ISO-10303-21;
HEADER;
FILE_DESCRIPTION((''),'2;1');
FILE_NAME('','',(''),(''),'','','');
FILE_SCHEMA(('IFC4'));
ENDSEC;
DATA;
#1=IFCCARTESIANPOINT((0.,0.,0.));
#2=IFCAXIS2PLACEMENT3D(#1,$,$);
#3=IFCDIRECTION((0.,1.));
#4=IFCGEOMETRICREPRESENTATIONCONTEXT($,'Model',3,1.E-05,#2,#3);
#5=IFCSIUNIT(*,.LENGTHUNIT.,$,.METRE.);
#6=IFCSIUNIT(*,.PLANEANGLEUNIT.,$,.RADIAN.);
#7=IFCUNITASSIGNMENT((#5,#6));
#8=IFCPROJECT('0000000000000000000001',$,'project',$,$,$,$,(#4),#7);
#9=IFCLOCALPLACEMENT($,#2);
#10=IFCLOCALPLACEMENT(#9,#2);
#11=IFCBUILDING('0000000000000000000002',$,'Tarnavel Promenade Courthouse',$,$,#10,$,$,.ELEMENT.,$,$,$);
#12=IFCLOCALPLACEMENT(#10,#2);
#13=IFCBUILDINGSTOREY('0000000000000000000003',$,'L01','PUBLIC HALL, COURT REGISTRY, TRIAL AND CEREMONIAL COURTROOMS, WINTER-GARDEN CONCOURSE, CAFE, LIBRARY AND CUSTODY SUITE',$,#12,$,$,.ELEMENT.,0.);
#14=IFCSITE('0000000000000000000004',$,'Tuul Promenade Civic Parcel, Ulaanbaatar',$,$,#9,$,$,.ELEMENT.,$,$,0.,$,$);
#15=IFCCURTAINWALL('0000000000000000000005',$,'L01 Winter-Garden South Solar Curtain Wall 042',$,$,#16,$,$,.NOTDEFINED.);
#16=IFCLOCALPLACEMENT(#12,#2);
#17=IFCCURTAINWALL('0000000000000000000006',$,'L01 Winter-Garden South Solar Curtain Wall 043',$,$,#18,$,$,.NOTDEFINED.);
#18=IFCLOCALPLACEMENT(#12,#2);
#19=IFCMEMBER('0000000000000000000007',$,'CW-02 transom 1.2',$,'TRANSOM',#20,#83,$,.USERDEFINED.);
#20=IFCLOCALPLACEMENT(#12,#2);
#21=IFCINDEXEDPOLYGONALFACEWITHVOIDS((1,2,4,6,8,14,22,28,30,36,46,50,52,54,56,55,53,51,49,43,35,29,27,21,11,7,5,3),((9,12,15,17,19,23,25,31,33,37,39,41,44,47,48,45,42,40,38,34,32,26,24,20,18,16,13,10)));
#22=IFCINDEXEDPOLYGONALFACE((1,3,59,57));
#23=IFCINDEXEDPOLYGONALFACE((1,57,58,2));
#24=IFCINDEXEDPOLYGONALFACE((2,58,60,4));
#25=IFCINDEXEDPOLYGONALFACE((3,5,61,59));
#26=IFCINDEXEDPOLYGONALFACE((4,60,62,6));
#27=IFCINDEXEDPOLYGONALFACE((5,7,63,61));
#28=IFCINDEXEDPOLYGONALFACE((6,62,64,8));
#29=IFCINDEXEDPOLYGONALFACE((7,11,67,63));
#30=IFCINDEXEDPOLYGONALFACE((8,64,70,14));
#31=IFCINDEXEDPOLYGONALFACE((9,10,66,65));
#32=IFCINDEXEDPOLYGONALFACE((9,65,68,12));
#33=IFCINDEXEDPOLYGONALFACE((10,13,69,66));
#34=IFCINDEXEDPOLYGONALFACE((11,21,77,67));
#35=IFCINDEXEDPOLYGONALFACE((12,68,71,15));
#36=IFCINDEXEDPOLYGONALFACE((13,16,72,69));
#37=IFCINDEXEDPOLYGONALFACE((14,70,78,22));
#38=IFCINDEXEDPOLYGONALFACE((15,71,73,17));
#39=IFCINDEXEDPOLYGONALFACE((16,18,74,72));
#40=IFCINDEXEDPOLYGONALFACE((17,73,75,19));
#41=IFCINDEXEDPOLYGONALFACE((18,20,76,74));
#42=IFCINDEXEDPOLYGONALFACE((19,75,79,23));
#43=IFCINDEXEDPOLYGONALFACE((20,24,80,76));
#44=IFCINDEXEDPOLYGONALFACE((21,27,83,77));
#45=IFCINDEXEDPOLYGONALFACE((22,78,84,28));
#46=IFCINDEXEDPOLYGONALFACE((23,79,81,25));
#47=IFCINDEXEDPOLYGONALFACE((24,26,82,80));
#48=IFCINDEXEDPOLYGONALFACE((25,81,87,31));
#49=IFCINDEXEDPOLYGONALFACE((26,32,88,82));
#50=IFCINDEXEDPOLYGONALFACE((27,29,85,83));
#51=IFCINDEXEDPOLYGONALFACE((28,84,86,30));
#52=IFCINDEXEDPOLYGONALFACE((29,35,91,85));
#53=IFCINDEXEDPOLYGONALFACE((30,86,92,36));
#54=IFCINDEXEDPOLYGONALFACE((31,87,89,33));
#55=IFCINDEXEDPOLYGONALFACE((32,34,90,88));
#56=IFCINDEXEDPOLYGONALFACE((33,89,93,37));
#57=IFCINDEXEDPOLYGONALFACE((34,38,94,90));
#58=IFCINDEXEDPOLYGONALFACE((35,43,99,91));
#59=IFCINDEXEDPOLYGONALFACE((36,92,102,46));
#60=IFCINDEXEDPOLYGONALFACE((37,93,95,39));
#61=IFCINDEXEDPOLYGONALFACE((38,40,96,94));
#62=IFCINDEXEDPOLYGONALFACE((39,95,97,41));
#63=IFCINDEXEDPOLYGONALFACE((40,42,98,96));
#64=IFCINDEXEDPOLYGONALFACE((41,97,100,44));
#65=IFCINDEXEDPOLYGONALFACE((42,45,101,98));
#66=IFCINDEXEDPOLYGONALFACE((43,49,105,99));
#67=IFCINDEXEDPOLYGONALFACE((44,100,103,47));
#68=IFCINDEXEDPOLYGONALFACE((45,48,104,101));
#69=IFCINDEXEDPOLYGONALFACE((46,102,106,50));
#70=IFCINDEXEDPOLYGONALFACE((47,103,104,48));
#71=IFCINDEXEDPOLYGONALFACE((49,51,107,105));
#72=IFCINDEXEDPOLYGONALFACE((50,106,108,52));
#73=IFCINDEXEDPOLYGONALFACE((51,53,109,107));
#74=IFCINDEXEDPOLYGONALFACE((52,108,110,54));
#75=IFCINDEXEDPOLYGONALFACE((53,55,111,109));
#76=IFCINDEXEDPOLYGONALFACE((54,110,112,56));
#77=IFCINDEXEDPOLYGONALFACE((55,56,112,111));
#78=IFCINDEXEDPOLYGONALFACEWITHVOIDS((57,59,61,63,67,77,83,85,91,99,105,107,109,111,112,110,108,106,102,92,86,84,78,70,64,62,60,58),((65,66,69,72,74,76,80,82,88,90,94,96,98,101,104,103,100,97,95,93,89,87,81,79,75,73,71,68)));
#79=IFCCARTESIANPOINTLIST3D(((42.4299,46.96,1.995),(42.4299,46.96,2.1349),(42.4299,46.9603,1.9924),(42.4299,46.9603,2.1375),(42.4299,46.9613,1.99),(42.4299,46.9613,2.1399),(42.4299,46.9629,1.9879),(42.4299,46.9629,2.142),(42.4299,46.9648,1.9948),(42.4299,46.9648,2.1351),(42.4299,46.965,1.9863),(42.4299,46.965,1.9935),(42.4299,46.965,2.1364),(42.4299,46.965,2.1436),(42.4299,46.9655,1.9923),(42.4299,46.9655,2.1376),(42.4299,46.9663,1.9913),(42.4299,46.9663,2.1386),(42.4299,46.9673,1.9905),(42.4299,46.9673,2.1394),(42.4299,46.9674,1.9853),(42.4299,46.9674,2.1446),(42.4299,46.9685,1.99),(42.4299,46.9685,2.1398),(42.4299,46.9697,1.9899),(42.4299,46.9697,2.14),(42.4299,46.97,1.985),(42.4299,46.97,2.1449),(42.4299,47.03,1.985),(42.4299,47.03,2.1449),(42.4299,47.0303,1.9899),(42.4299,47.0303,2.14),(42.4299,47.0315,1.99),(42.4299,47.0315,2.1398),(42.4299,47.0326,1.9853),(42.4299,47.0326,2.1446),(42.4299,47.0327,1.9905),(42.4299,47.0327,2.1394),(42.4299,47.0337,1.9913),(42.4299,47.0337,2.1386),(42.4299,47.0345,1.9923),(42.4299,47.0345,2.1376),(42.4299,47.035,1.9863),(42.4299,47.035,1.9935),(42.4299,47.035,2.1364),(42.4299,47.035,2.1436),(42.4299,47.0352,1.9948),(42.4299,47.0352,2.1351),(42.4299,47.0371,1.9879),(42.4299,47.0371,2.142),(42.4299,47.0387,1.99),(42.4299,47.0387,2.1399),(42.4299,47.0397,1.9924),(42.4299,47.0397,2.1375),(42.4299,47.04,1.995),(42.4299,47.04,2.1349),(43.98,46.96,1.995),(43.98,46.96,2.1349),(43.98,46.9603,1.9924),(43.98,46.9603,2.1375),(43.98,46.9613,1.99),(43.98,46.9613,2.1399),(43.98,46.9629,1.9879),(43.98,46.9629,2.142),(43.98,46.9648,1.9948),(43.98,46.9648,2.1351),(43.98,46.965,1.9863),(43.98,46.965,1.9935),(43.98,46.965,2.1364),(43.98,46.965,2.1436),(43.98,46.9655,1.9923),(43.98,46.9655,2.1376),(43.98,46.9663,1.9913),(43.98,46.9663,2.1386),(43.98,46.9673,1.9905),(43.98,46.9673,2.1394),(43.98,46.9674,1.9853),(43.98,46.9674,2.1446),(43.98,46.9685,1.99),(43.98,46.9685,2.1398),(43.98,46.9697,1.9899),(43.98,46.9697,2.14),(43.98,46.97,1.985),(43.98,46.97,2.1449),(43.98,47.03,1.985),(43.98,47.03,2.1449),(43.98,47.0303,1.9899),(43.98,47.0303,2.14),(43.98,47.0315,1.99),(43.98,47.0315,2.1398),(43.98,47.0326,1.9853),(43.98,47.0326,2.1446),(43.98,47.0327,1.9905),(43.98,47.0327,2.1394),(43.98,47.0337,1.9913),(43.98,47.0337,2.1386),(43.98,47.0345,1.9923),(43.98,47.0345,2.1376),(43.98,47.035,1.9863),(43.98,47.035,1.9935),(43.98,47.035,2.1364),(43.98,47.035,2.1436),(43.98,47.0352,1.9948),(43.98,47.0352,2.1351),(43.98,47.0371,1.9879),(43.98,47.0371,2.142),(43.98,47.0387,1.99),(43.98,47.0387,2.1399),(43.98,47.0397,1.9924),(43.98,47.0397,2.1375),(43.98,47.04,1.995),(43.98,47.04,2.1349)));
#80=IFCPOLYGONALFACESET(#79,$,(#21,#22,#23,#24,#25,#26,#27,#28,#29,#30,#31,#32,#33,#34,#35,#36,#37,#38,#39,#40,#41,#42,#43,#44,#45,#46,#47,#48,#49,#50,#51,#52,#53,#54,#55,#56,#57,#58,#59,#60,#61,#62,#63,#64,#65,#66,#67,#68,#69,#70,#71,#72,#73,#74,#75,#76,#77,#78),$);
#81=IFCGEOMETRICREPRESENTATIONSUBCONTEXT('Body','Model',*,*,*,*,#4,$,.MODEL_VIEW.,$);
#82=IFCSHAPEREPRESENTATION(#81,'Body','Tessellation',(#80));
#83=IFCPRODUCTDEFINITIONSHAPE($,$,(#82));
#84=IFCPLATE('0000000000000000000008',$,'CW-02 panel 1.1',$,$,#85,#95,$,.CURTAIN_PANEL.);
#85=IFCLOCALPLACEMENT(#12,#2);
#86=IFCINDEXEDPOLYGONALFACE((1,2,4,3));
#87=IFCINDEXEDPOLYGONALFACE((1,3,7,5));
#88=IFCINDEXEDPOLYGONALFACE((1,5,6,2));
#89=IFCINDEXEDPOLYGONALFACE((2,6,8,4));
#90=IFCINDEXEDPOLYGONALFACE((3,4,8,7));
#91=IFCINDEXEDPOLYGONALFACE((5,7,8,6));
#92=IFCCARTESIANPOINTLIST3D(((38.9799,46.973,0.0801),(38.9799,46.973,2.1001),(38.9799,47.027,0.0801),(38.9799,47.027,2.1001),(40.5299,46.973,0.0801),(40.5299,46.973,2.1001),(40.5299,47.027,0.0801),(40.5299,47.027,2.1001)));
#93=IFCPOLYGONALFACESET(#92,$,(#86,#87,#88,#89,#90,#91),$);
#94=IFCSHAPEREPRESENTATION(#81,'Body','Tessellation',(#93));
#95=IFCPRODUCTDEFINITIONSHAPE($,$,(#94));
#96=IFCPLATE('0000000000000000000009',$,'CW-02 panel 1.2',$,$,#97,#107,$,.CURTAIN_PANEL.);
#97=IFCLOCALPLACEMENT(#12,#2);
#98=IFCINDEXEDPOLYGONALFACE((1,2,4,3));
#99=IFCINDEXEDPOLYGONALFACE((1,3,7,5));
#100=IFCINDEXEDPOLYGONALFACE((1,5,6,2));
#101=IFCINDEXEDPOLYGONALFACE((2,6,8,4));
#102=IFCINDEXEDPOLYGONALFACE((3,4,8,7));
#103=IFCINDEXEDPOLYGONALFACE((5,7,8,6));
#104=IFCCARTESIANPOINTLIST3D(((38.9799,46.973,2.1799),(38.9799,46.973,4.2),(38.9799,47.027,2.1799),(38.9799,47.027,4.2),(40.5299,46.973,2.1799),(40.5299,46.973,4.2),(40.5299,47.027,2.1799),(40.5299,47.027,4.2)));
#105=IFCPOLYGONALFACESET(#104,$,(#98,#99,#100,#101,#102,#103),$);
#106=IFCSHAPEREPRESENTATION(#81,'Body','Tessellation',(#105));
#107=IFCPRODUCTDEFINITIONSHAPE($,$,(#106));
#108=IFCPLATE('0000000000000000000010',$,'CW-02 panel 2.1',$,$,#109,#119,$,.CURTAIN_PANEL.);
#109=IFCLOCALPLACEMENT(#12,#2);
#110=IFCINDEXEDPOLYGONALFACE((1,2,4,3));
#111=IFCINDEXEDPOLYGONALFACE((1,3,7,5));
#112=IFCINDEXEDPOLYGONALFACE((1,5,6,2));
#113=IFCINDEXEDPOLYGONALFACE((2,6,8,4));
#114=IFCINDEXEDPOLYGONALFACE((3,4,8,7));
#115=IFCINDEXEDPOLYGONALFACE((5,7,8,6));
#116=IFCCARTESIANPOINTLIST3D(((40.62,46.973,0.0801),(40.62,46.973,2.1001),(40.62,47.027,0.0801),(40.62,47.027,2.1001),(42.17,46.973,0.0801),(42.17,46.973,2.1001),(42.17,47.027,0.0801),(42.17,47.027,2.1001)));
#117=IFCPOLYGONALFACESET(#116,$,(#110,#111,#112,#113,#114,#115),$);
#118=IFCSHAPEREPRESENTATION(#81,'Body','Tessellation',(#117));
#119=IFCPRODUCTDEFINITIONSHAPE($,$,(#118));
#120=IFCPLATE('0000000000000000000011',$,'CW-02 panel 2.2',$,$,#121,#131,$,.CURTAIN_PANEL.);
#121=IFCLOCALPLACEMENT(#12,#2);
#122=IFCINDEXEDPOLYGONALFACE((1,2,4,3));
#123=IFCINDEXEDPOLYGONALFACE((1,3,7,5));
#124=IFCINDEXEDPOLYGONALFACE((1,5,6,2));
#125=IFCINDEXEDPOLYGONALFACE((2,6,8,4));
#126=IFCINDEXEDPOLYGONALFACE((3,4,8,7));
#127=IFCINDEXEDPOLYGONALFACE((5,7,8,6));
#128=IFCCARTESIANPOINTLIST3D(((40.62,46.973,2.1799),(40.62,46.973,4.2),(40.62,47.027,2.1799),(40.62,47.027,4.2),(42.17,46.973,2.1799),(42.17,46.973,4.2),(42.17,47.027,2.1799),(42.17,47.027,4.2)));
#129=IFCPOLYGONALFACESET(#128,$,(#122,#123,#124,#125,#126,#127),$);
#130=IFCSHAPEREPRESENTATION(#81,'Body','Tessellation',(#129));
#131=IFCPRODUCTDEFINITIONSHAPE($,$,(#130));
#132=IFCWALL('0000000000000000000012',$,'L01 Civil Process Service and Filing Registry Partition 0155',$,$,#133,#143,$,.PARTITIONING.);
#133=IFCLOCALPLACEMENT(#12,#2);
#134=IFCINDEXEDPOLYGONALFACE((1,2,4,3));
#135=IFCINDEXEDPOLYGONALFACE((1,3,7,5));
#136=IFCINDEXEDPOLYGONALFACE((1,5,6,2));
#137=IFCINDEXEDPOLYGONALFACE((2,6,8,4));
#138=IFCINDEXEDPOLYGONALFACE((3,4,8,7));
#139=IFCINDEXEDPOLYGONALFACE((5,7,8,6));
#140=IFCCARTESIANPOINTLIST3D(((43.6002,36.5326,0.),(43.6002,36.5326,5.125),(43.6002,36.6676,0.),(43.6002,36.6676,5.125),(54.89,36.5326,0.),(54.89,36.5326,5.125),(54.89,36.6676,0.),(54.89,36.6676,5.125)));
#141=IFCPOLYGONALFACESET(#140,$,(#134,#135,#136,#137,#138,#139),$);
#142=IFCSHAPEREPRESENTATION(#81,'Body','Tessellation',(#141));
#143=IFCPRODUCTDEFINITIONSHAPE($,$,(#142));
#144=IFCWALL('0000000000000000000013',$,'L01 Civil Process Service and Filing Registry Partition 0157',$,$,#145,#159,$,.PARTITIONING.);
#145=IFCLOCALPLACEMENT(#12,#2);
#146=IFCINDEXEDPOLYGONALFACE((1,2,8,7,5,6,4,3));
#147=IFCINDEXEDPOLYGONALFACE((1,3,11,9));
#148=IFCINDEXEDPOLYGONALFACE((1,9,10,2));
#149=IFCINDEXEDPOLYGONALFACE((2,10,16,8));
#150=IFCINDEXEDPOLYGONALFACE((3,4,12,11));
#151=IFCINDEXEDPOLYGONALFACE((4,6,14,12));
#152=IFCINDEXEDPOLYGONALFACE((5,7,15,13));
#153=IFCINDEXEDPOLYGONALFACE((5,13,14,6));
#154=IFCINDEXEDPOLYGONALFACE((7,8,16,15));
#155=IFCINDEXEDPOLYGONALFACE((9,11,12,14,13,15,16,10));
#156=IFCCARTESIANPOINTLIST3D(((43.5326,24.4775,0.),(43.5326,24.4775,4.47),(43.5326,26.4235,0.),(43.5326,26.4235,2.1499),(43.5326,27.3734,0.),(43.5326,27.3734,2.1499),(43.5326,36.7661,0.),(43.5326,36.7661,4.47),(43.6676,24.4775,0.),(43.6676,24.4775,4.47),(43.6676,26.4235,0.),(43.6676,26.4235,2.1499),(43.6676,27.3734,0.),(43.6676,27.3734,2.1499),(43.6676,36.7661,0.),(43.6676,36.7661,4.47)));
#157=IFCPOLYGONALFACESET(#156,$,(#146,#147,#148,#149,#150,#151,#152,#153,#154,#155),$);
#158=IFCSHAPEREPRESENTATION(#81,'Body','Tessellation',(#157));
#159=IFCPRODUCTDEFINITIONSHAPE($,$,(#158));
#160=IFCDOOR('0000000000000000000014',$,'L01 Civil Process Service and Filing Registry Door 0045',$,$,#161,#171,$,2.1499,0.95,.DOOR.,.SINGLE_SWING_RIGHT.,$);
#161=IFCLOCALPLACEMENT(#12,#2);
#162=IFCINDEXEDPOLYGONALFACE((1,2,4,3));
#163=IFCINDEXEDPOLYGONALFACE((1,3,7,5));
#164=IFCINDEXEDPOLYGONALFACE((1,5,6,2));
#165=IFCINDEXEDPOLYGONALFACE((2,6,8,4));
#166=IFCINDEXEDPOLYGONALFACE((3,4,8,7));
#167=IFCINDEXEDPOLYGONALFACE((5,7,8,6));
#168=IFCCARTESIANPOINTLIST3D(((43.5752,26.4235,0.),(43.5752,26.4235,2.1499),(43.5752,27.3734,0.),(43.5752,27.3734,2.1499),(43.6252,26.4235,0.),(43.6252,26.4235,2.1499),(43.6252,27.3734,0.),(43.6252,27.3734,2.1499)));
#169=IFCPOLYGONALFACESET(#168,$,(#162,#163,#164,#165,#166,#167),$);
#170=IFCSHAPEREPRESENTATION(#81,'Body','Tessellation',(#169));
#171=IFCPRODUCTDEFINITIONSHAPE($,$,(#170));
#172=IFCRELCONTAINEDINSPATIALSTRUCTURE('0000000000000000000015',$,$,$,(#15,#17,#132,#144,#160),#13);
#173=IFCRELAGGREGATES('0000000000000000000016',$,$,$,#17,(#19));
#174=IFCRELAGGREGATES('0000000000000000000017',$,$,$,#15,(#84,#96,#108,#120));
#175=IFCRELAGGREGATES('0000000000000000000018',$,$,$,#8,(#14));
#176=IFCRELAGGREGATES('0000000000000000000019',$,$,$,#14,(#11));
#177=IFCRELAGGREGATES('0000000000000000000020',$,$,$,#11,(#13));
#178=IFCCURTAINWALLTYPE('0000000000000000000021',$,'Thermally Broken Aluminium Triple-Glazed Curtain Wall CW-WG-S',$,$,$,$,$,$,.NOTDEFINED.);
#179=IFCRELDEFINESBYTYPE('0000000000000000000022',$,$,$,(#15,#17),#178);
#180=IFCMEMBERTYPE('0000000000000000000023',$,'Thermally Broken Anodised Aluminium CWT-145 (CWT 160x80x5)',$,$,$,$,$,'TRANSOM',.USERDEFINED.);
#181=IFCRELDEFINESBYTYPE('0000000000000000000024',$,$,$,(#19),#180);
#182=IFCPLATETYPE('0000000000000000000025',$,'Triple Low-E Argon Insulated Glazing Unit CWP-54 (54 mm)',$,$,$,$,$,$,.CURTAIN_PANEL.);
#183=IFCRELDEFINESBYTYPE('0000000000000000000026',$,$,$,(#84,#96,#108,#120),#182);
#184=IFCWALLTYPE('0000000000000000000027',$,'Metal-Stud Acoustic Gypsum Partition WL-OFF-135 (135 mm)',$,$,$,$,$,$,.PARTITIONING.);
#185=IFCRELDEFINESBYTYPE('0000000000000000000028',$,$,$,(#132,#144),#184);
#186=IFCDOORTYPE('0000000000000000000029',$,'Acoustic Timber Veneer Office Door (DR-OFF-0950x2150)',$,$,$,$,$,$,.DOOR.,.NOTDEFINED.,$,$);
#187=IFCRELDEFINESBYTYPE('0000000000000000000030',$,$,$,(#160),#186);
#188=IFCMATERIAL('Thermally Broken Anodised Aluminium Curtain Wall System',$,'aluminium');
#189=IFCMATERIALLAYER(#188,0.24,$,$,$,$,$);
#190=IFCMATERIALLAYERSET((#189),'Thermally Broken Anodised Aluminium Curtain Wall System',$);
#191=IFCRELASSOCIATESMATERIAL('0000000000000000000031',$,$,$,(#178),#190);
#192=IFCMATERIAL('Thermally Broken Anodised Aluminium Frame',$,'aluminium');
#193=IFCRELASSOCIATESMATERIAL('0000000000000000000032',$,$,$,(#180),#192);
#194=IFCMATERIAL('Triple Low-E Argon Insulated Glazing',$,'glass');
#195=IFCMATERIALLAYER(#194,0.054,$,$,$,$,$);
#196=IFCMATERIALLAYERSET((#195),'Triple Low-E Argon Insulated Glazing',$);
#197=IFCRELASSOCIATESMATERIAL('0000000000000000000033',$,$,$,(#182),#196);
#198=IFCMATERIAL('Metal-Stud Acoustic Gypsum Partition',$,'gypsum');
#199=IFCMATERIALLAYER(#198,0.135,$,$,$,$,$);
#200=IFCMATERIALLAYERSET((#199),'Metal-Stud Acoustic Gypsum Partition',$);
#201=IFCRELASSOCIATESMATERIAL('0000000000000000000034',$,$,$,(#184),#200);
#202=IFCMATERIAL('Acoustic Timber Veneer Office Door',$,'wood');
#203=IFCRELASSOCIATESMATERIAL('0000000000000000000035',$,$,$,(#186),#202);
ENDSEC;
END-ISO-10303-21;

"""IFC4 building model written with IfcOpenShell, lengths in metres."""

from ifc_helpers import new_model, si_unit, direction, frame, frame_2d, origin, origin_2d, place, context, subcontext, project, spatial, rectangle, hollow_rectangle, extrude, material, layer, layer_set, material_profile, profile_set, type_object, element, fill, aggregate, save


model = new_model("IFC4")

# Units and contexts
model_context = context("Model", 3, precision=1e-05, world=origin(), true_north=direction((0.0, 1.0)))
body_context = subcontext(model_context, "Body", "Model", "MODEL_VIEW")
ifc_project = project(units=[si_unit("LENGTHUNIT", "METRE"), si_unit("PLANEANGLEUNIT", "RADIAN")], contexts=[model_context])

# Site, building, storey
site_placement = place(None, origin())
site = spatial("IfcSite", under=ifc_project, at=site_placement, Name="Tuul Promenade Civic Parcel, Ulaanbaatar", CompositionType="ELEMENT", RefElevation=0.0)
building_placement = place(site_placement, origin())
building = spatial("IfcBuilding", under=site, at=building_placement, Name="Tarnavel Promenade Courthouse", CompositionType="ELEMENT")
storey_placement = place(building_placement, origin())
storey = spatial("IfcBuildingStorey", under=building, at=storey_placement, Name="L01", Description="PUBLIC HALL, COURT REGISTRY, TRIAL AND CEREMONIAL COURTROOMS, WINTER-GARDEN CONCOURSE, CAFE, LIBRARY AND CUSTODY SUITE", CompositionType="ELEMENT", Elevation=0.0)

# Curtain wall
ifc_material_1 = material(Name="Thermally Broken Anodised Aluminium Curtain Wall System", Category="aluminium")
ifc_layer_1 = layer(ifc_material_1, 0.24)
ifc_layer_set_1 = layer_set([ifc_layer_1], Name="Thermally Broken Anodised Aluminium Curtain Wall System")
curtain_wall_type = type_object("IfcCurtainWallType", Name="Thermally Broken Aluminium Triple-Glazed Curtain Wall CW-WG-S", PredefinedType="NOTDEFINED", material=ifc_layer_set_1)
curtain_wall_1_placement = place(storey_placement, origin())
curtain_wall_1 = element("IfcCurtainWall", 1, at=curtain_wall_1_placement, inside=storey, type_object=curtain_wall_type, Name="L01 Winter-Garden South Solar Curtain Wall 042", PredefinedType="NOTDEFINED")
ifc_material_2 = material(Name="Thermally Broken Anodised Aluminium Frame", Category="aluminium")

# Curtain wall
curtain_wall_2_placement = place(storey_placement, origin())
curtain_wall_2 = element("IfcCurtainWall", 2, at=curtain_wall_2_placement, inside=storey, type_object=curtain_wall_type, Name="L01 Winter-Garden South Solar Curtain Wall 043", PredefinedType="NOTDEFINED")

# Member
ifc_material_profile_1 = material_profile(ifc_material_2, hollow_rectangle(XDim=0.0801, YDim=0.1599, WallThickness=0.0049, InnerFilletRadius=0.0049, OuterFilletRadius=0.01, at=origin_2d()), Name="CWT 160x80x5")
ifc_profile_set_1 = profile_set([ifc_material_profile_1], Name="Thermally Broken Anodised Aluminium Frame")
member_type_1 = type_object("IfcMemberType", Name="Thermally Broken Anodised Aluminium CWT-145 (CWT 160x80x5)", ElementType="TRANSOM", PredefinedType="USERDEFINED", material=ifc_profile_set_1)
member_1_placement = place(storey_placement, frame((42.4299, 47.0, 2.0649), z_axis=(1.0, 0.0, 0.0), x_axis=(0.0, 1.0, 0.0)))
member_1 = element("IfcMember", 3, at=member_1_placement, type_object=member_type_1, Name="CW-02 transom 1.2", ObjectType="TRANSOM", PredefinedType="USERDEFINED", context=body_context, shape_type="SweptSolid", body=[
    extrude(hollow_rectangle(XDim=0.0801, YDim=0.1599, WallThickness=0.0049, InnerFilletRadius=0.0049, OuterFilletRadius=0.01, at=origin_2d()), origin(), (0.0, 0.0, 1.0), 1.55),
])
aggregate(curtain_wall_2, [member_1])

# Plates
ifc_material_3 = material(Name="Triple Low-E Argon Insulated Glazing", Category="glass")
ifc_layer_2 = layer(ifc_material_3, 0.054)
ifc_layer_set_2 = layer_set([ifc_layer_2], Name="Triple Low-E Argon Insulated Glazing")
plate_type = type_object("IfcPlateType", Name="Triple Low-E Argon Insulated Glazing Unit CWP-54 (54 mm)", PredefinedType="CURTAIN_PANEL", material=ifc_layer_set_2)
plate_1_placement = place(storey_placement, frame((39.7549, 47.0, 0.0801), z_axis=(0.0, 0.0, 1.0), x_axis=(1.0, 0.0, 0.0)))
plate_1 = element("IfcPlate", 4, at=plate_1_placement, type_object=plate_type, Name="CW-02 panel 1.1", PredefinedType="CURTAIN_PANEL", context=body_context, shape_type="SweptSolid", body=[
    extrude(rectangle(XDim=1.55, YDim=0.054, at=origin_2d()), origin(), (0.0, 0.0, 1.0), 2.02),
])
plate_2_placement = place(storey_placement, frame((39.7549, 47.0, 2.1799), z_axis=(0.0, 0.0, 1.0), x_axis=(1.0, 0.0, 0.0)))
plate_2 = element("IfcPlate", 5, at=plate_2_placement, type_object=plate_type, Name="CW-02 panel 1.2", PredefinedType="CURTAIN_PANEL", context=body_context, shape_type="SweptSolid", body=[
    extrude(rectangle(XDim=1.55, YDim=0.054, at=origin_2d()), origin(), (0.0, 0.0, 1.0), 2.02),
])
plate_3_placement = place(storey_placement, frame((41.395, 47.0, 0.0801), z_axis=(0.0, 0.0, 1.0), x_axis=(1.0, 0.0, 0.0)))
plate_3 = element("IfcPlate", 6, at=plate_3_placement, type_object=plate_type, Name="CW-02 panel 2.1", PredefinedType="CURTAIN_PANEL", context=body_context, shape_type="SweptSolid", body=[
    extrude(rectangle(XDim=1.55, YDim=0.054, at=origin_2d()), origin(), (0.0, 0.0, 1.0), 2.02),
])
plate_4_placement = place(storey_placement, frame((41.395, 47.0, 2.1799), z_axis=(0.0, 0.0, 1.0), x_axis=(1.0, 0.0, 0.0)))
plate_4 = element("IfcPlate", 7, at=plate_4_placement, type_object=plate_type, Name="CW-02 panel 2.2", PredefinedType="CURTAIN_PANEL", context=body_context, shape_type="SweptSolid", body=[
    extrude(rectangle(XDim=1.55, YDim=0.054, at=origin_2d()), origin(), (0.0, 0.0, 1.0), 2.02),
])
aggregate(curtain_wall_1, [plate_1, plate_2, plate_3, plate_4])

# Wall
ifc_material_4 = material(Name="Metal-Stud Acoustic Gypsum Partition", Category="gypsum")
ifc_layer_3 = layer(ifc_material_4, 0.135)
ifc_layer_set_3 = layer_set([ifc_layer_3], Name="Metal-Stud Acoustic Gypsum Partition")
wall_type = type_object("IfcWallType", Name="Metal-Stud Acoustic Gypsum Partition WL-OFF-135 (135 mm)", PredefinedType="PARTITIONING", material=ifc_layer_set_3)
wall_1_placement = place(storey_placement, frame((43.6001, 36.6001, 0.0), z_axis=(0.0, 0.0, 1.0), x_axis=(1.0, 0.0, 0.0)))
element("IfcWall", 8, at=wall_1_placement, inside=storey, type_object=wall_type, Name="L01 Civil Process Service and Filing Registry Partition 0155", PredefinedType="PARTITIONING", context=body_context, shape_type="SweptSolid", body=[
    extrude(rectangle(XDim=11.2898, YDim=0.135, at=frame_2d((5.645, 0.0))), origin(), (0.0, 0.0, 1.0), 5.125),
])

# Wall, opening, door
wall_2_placement = place(storey_placement, frame((43.6001, 24.4775, 0.0), z_axis=(0.0, 0.0, 1.0), x_axis=(0.0, 1.0, 0.0)))
wall_2 = element("IfcWall", 9, at=wall_2_placement, inside=storey, type_object=wall_type, Name="L01 Civil Process Service and Filing Registry Partition 0157", PredefinedType="PARTITIONING", context=body_context, shape_type="SweptSolid", body=[
    extrude(rectangle(XDim=12.2886, YDim=0.135, at=frame_2d((6.1443, 0.0))), origin(), (0.0, 0.0, 1.0), 4.47),
])
opening_placement = place(wall_2_placement, frame((1.9458, 0.0, 0.0)))
opening = element("IfcOpeningElement", 10, at=opening_placement, cuts=wall_2, PredefinedType="OPENING", context=body_context, shape_type="SweptSolid", body=[
    extrude(rectangle(XDim=0.95, YDim=2.1499, at=frame_2d((0.4751, 1.075))), frame((0.0, 0.0774, 0.0), z_axis=(0.0, -1.0, 0.0), x_axis=(1.0, 0.0, 0.0)), (0.0, 0.0, 1.0), 0.155),
])
ifc_material_5 = material(Name="Acoustic Timber Veneer Office Door", Category="wood")
door_type = type_object("IfcDoorType", Name="Acoustic Timber Veneer Office Door (DR-OFF-0950x2150)", OperationType="NOTDEFINED", PredefinedType="DOOR", material=ifc_material_5)
door_placement = place(opening_placement, origin())
door = element("IfcDoor", 11, at=door_placement, inside=storey, type_object=door_type, Name="L01 Civil Process Service and Filing Registry Door 0045", OperationType="SINGLE_SWING_RIGHT", OverallHeight=2.1499, OverallWidth=0.95, PredefinedType="DOOR", context=body_context, shape_type="SweptSolid", body=[
    extrude(rectangle(XDim=0.95, YDim=2.1499, at=frame_2d((0.4751, 1.075))), frame((0.0, 0.0249, 0.0), z_axis=(0.0, -1.0, 0.0), x_axis=(1.0, 0.0, 0.0)), (0.0, 0.0, 1.0), 0.05),
])
fill(opening, door)

save(model, "model.ifc")
